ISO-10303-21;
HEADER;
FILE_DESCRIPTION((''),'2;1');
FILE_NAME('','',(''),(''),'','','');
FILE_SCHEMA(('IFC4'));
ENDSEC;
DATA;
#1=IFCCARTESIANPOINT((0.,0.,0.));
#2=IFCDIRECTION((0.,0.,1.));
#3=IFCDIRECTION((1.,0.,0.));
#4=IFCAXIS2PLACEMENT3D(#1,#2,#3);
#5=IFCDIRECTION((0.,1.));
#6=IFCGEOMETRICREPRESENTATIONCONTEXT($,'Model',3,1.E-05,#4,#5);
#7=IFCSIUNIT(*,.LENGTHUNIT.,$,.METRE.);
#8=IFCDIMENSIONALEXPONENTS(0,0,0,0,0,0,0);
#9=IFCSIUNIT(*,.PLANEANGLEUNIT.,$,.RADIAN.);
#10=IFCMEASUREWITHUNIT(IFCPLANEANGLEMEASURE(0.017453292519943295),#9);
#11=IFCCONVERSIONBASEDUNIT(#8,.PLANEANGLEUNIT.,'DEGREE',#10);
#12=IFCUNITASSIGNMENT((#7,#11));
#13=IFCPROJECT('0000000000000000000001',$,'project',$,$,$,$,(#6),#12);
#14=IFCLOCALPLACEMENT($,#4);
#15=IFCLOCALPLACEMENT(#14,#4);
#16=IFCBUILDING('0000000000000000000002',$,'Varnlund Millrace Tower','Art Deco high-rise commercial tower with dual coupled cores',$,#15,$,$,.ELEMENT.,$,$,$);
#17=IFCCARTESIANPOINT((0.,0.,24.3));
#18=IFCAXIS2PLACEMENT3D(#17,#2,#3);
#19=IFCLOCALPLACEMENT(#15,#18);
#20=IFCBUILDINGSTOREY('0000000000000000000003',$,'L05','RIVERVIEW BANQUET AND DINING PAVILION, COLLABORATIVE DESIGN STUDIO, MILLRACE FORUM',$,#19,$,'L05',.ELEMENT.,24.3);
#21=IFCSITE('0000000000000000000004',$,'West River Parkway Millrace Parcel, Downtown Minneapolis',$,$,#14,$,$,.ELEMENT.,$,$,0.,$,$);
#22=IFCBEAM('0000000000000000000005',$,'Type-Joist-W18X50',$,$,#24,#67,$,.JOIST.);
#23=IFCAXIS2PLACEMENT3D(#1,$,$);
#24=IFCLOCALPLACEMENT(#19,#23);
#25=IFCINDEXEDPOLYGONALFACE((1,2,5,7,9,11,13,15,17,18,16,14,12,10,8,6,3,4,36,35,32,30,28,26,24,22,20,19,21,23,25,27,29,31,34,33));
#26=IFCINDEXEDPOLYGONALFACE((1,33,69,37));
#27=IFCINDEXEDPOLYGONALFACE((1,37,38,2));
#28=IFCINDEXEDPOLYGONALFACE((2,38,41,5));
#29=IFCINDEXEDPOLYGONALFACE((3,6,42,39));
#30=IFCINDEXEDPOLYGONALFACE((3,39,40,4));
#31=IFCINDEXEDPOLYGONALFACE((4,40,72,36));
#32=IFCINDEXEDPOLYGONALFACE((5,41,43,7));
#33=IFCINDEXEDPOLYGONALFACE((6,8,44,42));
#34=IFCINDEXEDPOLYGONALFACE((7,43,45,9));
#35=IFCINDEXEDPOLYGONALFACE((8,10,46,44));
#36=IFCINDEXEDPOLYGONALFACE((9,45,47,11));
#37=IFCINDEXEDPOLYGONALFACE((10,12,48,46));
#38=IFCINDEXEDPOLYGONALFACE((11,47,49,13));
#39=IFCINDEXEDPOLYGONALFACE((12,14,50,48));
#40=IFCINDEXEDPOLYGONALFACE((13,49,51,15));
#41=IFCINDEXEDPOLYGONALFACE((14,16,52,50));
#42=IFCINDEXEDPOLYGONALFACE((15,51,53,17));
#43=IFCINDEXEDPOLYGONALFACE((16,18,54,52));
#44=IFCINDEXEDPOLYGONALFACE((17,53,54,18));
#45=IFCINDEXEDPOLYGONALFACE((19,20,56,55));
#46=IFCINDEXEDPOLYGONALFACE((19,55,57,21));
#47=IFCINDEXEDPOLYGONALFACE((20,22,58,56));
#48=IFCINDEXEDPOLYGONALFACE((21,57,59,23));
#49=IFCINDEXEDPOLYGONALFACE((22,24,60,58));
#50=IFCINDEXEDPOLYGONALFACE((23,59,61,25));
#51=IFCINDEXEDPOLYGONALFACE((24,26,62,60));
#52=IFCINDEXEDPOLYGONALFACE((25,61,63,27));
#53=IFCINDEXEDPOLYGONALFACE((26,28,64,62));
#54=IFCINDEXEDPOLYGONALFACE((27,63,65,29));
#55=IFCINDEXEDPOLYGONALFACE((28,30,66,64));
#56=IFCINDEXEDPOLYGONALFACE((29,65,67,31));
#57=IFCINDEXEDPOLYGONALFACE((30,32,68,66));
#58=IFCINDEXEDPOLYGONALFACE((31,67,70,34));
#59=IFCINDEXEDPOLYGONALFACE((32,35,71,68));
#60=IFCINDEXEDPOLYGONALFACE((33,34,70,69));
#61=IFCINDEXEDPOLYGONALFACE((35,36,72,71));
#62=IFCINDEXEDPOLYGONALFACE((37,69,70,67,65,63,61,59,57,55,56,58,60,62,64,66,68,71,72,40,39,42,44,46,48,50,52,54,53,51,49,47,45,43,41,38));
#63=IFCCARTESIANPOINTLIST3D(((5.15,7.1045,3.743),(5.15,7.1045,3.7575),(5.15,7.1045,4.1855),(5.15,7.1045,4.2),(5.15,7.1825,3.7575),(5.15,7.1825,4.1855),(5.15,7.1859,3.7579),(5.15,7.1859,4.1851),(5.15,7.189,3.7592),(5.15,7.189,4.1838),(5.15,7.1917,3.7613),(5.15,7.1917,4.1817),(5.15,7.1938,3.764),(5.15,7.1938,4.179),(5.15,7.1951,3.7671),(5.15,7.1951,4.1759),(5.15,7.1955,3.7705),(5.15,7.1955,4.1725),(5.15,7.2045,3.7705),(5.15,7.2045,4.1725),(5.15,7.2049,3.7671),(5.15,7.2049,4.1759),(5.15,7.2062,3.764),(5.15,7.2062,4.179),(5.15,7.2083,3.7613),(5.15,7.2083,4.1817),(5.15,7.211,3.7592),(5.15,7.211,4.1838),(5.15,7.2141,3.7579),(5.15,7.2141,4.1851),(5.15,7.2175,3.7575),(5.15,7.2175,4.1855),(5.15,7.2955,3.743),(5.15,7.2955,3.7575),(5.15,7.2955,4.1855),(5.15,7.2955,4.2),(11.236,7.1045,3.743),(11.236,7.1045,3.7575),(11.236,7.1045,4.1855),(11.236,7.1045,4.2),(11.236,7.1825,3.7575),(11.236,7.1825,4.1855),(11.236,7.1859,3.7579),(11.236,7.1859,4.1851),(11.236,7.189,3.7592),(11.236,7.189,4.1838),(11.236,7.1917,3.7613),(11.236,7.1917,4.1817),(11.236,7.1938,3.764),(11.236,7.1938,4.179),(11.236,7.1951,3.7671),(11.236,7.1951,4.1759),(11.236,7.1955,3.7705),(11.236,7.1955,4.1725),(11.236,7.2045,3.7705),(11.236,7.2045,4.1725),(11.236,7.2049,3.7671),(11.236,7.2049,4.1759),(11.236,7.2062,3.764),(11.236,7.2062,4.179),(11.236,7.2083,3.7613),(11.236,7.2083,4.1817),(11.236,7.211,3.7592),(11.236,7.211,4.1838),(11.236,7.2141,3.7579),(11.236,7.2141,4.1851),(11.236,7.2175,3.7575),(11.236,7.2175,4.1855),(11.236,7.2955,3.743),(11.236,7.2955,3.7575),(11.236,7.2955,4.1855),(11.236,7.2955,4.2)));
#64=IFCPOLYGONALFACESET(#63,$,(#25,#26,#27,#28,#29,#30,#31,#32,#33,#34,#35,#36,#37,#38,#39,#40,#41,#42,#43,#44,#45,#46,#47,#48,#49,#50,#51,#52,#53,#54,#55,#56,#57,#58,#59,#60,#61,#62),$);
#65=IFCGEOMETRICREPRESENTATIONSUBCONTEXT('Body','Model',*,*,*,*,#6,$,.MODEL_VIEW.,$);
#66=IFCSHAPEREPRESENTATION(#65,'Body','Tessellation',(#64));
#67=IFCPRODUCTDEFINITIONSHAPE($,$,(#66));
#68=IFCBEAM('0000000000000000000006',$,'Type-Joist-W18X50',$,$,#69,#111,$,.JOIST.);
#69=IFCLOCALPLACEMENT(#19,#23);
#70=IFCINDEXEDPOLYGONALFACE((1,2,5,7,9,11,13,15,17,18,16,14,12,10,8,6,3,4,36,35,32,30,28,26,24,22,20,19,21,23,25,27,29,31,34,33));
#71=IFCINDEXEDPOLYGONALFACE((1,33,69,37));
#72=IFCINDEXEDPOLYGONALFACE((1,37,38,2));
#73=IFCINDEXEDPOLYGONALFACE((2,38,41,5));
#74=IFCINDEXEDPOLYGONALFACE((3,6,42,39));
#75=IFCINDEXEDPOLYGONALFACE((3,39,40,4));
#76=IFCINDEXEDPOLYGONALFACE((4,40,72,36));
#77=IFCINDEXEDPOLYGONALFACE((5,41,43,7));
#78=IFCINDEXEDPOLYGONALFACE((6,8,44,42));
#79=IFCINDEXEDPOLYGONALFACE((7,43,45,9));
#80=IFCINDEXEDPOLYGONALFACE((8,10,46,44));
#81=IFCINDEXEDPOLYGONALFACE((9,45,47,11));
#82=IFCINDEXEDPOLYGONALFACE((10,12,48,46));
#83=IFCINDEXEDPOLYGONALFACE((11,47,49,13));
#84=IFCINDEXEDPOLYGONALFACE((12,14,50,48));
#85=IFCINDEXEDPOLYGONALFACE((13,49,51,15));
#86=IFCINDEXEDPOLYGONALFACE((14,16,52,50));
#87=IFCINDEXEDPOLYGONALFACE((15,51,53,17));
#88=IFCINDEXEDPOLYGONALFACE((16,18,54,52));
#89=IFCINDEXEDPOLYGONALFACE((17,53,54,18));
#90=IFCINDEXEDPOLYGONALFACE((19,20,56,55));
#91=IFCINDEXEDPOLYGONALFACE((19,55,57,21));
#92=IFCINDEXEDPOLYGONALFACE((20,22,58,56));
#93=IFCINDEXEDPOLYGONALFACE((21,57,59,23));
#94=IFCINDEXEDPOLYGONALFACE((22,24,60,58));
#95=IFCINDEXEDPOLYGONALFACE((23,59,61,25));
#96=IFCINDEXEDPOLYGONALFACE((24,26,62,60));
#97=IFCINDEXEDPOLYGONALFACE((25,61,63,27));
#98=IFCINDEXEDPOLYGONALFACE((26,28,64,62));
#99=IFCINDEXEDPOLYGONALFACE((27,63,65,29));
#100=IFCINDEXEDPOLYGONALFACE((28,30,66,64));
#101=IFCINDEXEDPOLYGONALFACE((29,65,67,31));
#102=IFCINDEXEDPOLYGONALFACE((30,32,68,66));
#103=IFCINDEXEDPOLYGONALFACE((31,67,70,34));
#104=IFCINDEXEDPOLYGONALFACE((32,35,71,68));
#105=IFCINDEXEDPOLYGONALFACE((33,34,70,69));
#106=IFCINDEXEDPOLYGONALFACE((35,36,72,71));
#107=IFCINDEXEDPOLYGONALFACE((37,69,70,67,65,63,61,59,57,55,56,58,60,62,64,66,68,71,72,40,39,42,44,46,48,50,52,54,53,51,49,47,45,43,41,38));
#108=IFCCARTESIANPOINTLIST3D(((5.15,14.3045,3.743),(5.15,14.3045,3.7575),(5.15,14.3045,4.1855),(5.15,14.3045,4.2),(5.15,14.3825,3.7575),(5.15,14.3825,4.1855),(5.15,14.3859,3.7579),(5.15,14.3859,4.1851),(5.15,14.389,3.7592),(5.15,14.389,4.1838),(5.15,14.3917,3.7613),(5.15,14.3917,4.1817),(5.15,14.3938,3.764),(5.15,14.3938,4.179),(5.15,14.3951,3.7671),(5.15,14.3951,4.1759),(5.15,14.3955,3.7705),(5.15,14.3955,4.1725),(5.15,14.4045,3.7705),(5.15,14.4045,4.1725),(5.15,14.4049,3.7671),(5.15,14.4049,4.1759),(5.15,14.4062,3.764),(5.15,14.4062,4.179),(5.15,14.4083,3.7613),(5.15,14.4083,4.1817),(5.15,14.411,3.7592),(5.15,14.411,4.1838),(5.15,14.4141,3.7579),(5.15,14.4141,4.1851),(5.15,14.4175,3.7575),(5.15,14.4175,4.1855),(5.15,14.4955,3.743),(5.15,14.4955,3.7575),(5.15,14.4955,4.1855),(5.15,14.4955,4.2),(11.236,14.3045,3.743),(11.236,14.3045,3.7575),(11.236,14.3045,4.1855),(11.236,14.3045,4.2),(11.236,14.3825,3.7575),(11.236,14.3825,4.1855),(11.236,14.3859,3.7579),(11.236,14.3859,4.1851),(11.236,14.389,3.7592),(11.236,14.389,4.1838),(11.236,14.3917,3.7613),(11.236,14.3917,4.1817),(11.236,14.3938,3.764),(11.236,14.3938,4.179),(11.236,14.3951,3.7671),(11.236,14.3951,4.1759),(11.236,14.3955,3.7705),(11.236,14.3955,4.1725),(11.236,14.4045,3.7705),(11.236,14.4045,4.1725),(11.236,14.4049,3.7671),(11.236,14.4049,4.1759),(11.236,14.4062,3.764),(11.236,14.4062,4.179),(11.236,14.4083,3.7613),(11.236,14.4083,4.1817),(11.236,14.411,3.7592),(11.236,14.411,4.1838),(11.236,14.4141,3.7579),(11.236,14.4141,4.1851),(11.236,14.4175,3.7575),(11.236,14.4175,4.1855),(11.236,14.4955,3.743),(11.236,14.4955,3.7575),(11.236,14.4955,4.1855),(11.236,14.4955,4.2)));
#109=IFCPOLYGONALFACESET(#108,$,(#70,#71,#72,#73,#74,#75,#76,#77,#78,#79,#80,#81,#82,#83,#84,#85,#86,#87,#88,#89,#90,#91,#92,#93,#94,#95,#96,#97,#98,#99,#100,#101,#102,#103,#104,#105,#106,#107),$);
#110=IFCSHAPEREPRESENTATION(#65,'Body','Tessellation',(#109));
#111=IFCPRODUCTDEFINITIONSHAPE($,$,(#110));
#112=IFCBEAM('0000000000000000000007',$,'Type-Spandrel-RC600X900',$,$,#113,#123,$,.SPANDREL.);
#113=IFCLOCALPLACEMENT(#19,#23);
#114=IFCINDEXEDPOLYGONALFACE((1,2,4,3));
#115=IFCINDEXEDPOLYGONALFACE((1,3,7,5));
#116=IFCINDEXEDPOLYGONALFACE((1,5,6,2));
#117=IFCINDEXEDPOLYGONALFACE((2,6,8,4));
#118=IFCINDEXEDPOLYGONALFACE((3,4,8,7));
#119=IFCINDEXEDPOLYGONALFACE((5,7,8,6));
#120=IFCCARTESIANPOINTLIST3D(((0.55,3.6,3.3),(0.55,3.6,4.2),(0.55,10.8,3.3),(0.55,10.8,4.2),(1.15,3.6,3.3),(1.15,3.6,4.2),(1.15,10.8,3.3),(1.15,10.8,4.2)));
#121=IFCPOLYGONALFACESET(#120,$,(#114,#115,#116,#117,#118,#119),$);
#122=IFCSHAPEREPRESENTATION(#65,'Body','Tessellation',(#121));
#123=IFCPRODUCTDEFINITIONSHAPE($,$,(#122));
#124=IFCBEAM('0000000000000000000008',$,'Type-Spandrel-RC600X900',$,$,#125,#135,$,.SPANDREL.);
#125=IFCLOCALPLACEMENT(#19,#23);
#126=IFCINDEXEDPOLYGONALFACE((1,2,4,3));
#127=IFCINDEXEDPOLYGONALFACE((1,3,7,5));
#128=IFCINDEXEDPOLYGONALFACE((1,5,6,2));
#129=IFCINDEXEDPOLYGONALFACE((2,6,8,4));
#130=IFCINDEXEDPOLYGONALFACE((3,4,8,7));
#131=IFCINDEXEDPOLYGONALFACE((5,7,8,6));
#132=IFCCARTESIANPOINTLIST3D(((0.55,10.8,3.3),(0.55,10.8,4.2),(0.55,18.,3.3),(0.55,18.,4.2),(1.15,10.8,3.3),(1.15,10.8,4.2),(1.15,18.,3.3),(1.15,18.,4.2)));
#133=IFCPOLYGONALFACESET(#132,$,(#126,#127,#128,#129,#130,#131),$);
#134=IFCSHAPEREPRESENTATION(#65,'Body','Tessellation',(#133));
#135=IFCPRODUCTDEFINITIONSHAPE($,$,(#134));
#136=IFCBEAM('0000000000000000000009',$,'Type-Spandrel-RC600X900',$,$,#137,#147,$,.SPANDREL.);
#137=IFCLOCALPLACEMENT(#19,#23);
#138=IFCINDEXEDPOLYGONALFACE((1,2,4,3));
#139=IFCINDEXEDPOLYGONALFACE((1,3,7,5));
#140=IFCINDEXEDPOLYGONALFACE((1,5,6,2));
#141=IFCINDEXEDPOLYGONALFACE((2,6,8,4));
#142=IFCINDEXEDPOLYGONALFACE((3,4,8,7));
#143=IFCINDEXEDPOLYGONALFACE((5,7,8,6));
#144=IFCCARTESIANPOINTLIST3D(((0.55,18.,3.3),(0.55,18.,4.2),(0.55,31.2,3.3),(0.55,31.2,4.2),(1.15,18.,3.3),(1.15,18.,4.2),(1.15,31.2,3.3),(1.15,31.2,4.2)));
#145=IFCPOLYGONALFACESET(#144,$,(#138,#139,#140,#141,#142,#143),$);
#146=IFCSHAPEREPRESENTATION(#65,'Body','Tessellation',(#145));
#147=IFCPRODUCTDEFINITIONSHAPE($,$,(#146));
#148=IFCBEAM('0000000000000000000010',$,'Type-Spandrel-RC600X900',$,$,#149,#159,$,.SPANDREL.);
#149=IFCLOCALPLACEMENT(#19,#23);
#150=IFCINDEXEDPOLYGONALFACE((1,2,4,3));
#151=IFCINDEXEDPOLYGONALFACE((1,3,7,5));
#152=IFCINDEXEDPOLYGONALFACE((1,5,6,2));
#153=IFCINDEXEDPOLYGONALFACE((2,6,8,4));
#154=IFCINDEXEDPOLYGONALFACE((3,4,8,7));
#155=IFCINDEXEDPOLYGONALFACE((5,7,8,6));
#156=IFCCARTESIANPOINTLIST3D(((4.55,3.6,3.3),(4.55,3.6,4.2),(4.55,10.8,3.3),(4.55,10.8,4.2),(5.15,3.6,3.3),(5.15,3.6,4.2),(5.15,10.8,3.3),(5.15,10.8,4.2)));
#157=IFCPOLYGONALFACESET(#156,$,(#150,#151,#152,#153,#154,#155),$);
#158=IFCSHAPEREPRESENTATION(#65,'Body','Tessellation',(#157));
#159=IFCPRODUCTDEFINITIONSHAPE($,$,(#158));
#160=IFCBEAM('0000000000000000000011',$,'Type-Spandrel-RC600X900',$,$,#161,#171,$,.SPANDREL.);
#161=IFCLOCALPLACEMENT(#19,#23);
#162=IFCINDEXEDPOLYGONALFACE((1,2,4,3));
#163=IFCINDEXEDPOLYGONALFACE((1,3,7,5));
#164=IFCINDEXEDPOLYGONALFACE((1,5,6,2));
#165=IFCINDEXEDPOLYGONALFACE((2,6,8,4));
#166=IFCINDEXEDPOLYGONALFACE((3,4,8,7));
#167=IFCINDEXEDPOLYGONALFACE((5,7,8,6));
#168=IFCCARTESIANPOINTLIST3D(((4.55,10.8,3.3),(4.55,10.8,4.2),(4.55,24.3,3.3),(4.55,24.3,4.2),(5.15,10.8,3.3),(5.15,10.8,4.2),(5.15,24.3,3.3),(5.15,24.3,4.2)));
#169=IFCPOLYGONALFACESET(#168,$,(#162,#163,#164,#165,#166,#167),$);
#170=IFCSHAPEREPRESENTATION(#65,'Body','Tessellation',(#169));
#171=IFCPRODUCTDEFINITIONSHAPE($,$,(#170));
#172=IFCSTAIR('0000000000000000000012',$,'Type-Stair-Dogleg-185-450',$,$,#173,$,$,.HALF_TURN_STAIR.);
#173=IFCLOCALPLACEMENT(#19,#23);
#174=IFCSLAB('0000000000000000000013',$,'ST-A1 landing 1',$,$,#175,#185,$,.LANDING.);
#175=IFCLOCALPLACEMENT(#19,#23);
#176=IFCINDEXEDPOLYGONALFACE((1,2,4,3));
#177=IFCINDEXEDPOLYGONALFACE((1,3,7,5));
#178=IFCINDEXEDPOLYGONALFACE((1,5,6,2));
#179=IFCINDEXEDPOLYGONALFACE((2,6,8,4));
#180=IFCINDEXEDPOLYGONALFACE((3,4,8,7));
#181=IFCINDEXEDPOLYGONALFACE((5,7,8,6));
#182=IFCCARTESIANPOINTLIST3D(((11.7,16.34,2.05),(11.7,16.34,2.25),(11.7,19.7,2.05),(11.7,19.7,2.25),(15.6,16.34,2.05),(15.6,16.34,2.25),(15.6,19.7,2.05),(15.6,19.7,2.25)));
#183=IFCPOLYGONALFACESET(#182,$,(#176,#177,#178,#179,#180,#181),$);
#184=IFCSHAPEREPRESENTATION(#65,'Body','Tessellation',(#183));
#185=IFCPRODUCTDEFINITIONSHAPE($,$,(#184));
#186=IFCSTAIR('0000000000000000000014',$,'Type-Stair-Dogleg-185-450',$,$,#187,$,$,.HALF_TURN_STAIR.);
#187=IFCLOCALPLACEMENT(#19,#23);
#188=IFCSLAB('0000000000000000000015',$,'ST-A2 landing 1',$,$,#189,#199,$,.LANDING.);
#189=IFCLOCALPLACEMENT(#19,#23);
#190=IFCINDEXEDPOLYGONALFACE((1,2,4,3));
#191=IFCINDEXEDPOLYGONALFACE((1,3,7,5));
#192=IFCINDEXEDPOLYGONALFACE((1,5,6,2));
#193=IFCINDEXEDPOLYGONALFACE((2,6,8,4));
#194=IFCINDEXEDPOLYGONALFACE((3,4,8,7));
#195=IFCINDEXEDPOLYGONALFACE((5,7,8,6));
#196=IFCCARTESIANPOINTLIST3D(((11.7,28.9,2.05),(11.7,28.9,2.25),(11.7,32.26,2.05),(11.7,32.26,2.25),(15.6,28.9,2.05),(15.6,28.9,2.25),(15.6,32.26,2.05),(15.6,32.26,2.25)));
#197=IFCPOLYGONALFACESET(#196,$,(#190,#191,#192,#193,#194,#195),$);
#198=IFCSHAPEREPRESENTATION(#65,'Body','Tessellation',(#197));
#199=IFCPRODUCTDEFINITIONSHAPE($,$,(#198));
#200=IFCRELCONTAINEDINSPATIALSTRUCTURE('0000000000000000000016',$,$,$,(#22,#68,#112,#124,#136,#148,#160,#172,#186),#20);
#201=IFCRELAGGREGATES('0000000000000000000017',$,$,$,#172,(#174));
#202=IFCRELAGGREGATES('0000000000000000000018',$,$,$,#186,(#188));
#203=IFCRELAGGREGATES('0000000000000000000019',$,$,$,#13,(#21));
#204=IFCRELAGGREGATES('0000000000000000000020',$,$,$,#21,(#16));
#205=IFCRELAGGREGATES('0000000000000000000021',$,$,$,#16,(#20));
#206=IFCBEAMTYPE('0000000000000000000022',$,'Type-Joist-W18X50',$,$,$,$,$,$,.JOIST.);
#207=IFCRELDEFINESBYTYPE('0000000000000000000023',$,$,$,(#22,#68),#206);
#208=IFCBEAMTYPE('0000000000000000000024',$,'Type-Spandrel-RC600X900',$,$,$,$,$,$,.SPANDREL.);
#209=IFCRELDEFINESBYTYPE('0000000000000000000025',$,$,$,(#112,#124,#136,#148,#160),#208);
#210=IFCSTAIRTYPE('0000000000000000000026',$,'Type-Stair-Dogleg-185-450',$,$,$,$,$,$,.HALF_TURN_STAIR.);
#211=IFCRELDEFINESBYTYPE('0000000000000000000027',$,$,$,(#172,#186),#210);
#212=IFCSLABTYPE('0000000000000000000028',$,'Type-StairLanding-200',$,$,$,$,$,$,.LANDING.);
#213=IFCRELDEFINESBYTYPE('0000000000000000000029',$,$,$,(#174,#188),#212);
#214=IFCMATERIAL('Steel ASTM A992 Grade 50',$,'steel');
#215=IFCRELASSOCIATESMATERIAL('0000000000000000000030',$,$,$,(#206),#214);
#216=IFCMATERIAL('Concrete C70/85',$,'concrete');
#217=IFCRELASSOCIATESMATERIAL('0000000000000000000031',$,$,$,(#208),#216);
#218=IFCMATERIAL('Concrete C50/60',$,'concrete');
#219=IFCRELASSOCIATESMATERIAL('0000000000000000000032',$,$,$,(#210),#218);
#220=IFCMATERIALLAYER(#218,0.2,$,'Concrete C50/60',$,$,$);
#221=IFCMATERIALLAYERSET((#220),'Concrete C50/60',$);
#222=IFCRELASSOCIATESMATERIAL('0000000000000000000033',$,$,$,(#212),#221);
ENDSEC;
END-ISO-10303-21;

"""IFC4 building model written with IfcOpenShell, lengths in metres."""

from ifc_helpers import new_model, entity, si_unit, converted_unit, direction, frame, origin_with_axes, origin_2d_with_axis, place, context, subcontext, project, spatial, polyline, rectangle, i_section, outline, extrude, material, layer, layer_set, material_profile, profile_set, type_object, element, aggregate, save


model = new_model("IFC4")

# Units and contexts
model_context = context("Model", 3, precision=1e-05, world=origin_with_axes(), true_north=direction((0.0, 1.0)))
body_context = subcontext(model_context, "Body", "Model", "MODEL_VIEW")
ifc_project = project(units=[si_unit("LENGTHUNIT", "METRE"), converted_unit("PLANEANGLEUNIT", "DEGREE", entity("IfcPlaneAngleMeasure", 0.017453292519943295), si_unit("PLANEANGLEUNIT", "RADIAN"), dimensions=[0, 0, 0, 0, 0, 0, 0])], contexts=[model_context])

# Site, building, storey
site_placement = place(None, origin_with_axes())
site = spatial("IfcSite", under=ifc_project, at=site_placement, Name="West River Parkway Millrace Parcel, Downtown Minneapolis", CompositionType="ELEMENT", RefElevation=0.0)
building_placement = place(site_placement, origin_with_axes())
building = spatial("IfcBuilding", under=site, at=building_placement, Name="Varnlund Millrace Tower", Description="Art Deco high-rise commercial tower with dual coupled cores", CompositionType="ELEMENT")
storey_placement = place(building_placement, frame((0.0, 0.0, 24.3), z_axis=(0.0, 0.0, 1.0), x_axis=(1.0, 0.0, 0.0)))
storey = spatial("IfcBuildingStorey", under=building, at=storey_placement, Name="L05", Description="RIVERVIEW BANQUET AND DINING PAVILION, COLLABORATIVE DESIGN STUDIO, MILLRACE FORUM", LongName="L05", CompositionType="ELEMENT", Elevation=24.3)

# Beams
ifc_material_1 = material(Name="Steel ASTM A992 Grade 50", Category="steel")
ifc_material_profile_1 = material_profile(ifc_material_1, i_section(OverallWidth=0.191, OverallDepth=0.457, WebThickness=0.009, FlangeThickness=0.0145, FilletRadius=0.013, at=origin_2d_with_axis()), Name="Steel ASTM A992 Grade 50")
ifc_profile_set_1 = profile_set([ifc_material_profile_1], Name="Steel ASTM A992 Grade 50")
beam_type_1 = type_object("IfcBeamType", Name="Type-Joist-W18X50", PredefinedType="JOIST", material=ifc_profile_set_1)
for number, where, z_axis, x_axis, name in (
    (1, (5.15, 7.2, 3.9715), (1.0, 0.0, 0.0), (0.0, 1.0, 0.0), "Type-Joist-W18X50"),
    (2, (5.15, 14.4, 3.9715), (1.0, 0.0, 0.0), (0.0, 1.0, 0.0), "Type-Joist-W18X50"),
):
    element("IfcBeam", number, at=place(storey_placement, frame(where, z_axis=z_axis, x_axis=x_axis)), inside=storey, type_object=beam_type_1, Name=name, PredefinedType="JOIST", context=body_context, shape_type="SweptSolid", body=[
        extrude(i_section(OverallWidth=0.191, OverallDepth=0.457, WebThickness=0.009, FlangeThickness=0.0145, FilletRadius=0.013, at=origin_2d_with_axis()), origin_with_axes(), (0.0, 0.0, 1.0), 6.086),
    ])
ifc_material_2 = material(Name="Concrete C70/85", Category="concrete")
ifc_material_profile_2 = material_profile(ifc_material_2, rectangle(XDim=0.6, YDim=0.9, at=origin_2d_with_axis()), Name="Concrete C70/85")
ifc_profile_set_2 = profile_set([ifc_material_profile_2], Name="Concrete C70/85")
beam_type_2 = type_object("IfcBeamType", Name="Type-Spandrel-RC600X900", PredefinedType="SPANDREL", material=ifc_profile_set_2)
for number, where, z_axis, x_axis, name in (
    (3, (0.85, 3.6, 3.75), (0.0, 1.0, 0.0), (-1.0, 0.0, 0.0), "Type-Spandrel-RC600X900"),
    (4, (0.85, 10.8, 3.75), (0.0, 1.0, 0.0), (-1.0, 0.0, 0.0), "Type-Spandrel-RC600X900"),
):
    element("IfcBeam", number, at=place(storey_placement, frame(where, z_axis=z_axis, x_axis=x_axis)), inside=storey, type_object=beam_type_2, Name=name, PredefinedType="SPANDREL", context=body_context, shape_type="SweptSolid", body=[
        extrude(rectangle(XDim=0.6, YDim=0.9, at=origin_2d_with_axis()), origin_with_axes(), (0.0, 0.0, 1.0), 7.2),
    ])
beam_1_placement = place(storey_placement, frame((0.85, 18.0, 3.75), z_axis=(0.0, 1.0, 0.0), x_axis=(-1.0, 0.0, 0.0)))
element("IfcBeam", 5, at=beam_1_placement, inside=storey, type_object=beam_type_2, Name="Type-Spandrel-RC600X900", PredefinedType="SPANDREL", context=body_context, shape_type="SweptSolid", body=[
    extrude(rectangle(XDim=0.6, YDim=0.9, at=origin_2d_with_axis()), origin_with_axes(), (0.0, 0.0, 1.0), 13.2),
])
beam_2_placement = place(storey_placement, frame((4.85, 3.6, 3.75), z_axis=(0.0, 1.0, 0.0), x_axis=(-1.0, 0.0, 0.0)))
element("IfcBeam", 6, at=beam_2_placement, inside=storey, type_object=beam_type_2, Name="Type-Spandrel-RC600X900", PredefinedType="SPANDREL", context=body_context, shape_type="SweptSolid", body=[
    extrude(rectangle(XDim=0.6, YDim=0.9, at=origin_2d_with_axis()), origin_with_axes(), (0.0, 0.0, 1.0), 7.2),
])
beam_3_placement = place(storey_placement, frame((4.85, 10.8, 3.75), z_axis=(0.0, 1.0, 0.0), x_axis=(-1.0, 0.0, 0.0)))
element("IfcBeam", 7, at=beam_3_placement, inside=storey, type_object=beam_type_2, Name="Type-Spandrel-RC600X900", PredefinedType="SPANDREL", context=body_context, shape_type="SweptSolid", body=[
    extrude(rectangle(XDim=0.6, YDim=0.9, at=origin_2d_with_axis()), origin_with_axes(), (0.0, 0.0, 1.0), 13.5),
])

# Stairs, slabs
ifc_material_3 = material(Name="Concrete C50/60", Category="concrete")
stair_type_1 = type_object("IfcStairType", Name="Type-Stair-Dogleg-185-450", PredefinedType="HALF_TURN_STAIR", material=ifc_material_3)
stair_1_placement = place(storey_placement, origin_with_axes())
stair_1 = element("IfcStair", 8, at=stair_1_placement, inside=storey, type_object=stair_type_1, Name="Type-Stair-Dogleg-185-450", PredefinedType="HALF_TURN_STAIR")
ifc_layer = layer(ifc_material_3, 0.2, Name="Concrete C50/60")
ifc_layer_set = layer_set([ifc_layer], Name="Concrete C50/60")
slab_type = type_object("IfcSlabType", Name="Type-StairLanding-200", PredefinedType="LANDING", material=ifc_layer_set)
slab_1_placement = place(storey_placement, frame((0.0, 0.0, 2.05), z_axis=(0.0, 0.0, 1.0), x_axis=(1.0, 0.0, 0.0)))
slab_1 = element("IfcSlab", 9, at=slab_1_placement, type_object=slab_type, Name="ST-A1 landing 1", PredefinedType="LANDING", context=body_context, shape_type="SweptSolid", body=[
    extrude(outline(polyline([(15.6, 16.34), (15.6, 19.7), (11.7, 19.7), (11.7, 16.34), (15.6, 16.34)])), origin_with_axes(), (0.0, 0.0, 1.0), 0.2),
])
aggregate(stair_1, [slab_1])
stair_2_placement = place(storey_placement, origin_with_axes())
stair_2 = element("IfcStair", 10, at=stair_2_placement, inside=storey, type_object=stair_type_1, Name="Type-Stair-Dogleg-185-450", PredefinedType="HALF_TURN_STAIR")
slab_2_placement = place(storey_placement, frame((0.0, 0.0, 2.05), z_axis=(0.0, 0.0, 1.0), x_axis=(1.0, 0.0, 0.0)))
slab_2 = element("IfcSlab", 11, at=slab_2_placement, type_object=slab_type, Name="ST-A2 landing 1", PredefinedType="LANDING", context=body_context, shape_type="SweptSolid", body=[
    extrude(outline(polyline([(11.7, 32.26), (11.7, 28.9), (15.6, 28.9), (15.6, 32.26), (11.7, 32.26)])), origin_with_axes(), (0.0, 0.0, 1.0), 0.2),
])
aggregate(stair_2, [slab_2])

save(model, "model.ifc")
